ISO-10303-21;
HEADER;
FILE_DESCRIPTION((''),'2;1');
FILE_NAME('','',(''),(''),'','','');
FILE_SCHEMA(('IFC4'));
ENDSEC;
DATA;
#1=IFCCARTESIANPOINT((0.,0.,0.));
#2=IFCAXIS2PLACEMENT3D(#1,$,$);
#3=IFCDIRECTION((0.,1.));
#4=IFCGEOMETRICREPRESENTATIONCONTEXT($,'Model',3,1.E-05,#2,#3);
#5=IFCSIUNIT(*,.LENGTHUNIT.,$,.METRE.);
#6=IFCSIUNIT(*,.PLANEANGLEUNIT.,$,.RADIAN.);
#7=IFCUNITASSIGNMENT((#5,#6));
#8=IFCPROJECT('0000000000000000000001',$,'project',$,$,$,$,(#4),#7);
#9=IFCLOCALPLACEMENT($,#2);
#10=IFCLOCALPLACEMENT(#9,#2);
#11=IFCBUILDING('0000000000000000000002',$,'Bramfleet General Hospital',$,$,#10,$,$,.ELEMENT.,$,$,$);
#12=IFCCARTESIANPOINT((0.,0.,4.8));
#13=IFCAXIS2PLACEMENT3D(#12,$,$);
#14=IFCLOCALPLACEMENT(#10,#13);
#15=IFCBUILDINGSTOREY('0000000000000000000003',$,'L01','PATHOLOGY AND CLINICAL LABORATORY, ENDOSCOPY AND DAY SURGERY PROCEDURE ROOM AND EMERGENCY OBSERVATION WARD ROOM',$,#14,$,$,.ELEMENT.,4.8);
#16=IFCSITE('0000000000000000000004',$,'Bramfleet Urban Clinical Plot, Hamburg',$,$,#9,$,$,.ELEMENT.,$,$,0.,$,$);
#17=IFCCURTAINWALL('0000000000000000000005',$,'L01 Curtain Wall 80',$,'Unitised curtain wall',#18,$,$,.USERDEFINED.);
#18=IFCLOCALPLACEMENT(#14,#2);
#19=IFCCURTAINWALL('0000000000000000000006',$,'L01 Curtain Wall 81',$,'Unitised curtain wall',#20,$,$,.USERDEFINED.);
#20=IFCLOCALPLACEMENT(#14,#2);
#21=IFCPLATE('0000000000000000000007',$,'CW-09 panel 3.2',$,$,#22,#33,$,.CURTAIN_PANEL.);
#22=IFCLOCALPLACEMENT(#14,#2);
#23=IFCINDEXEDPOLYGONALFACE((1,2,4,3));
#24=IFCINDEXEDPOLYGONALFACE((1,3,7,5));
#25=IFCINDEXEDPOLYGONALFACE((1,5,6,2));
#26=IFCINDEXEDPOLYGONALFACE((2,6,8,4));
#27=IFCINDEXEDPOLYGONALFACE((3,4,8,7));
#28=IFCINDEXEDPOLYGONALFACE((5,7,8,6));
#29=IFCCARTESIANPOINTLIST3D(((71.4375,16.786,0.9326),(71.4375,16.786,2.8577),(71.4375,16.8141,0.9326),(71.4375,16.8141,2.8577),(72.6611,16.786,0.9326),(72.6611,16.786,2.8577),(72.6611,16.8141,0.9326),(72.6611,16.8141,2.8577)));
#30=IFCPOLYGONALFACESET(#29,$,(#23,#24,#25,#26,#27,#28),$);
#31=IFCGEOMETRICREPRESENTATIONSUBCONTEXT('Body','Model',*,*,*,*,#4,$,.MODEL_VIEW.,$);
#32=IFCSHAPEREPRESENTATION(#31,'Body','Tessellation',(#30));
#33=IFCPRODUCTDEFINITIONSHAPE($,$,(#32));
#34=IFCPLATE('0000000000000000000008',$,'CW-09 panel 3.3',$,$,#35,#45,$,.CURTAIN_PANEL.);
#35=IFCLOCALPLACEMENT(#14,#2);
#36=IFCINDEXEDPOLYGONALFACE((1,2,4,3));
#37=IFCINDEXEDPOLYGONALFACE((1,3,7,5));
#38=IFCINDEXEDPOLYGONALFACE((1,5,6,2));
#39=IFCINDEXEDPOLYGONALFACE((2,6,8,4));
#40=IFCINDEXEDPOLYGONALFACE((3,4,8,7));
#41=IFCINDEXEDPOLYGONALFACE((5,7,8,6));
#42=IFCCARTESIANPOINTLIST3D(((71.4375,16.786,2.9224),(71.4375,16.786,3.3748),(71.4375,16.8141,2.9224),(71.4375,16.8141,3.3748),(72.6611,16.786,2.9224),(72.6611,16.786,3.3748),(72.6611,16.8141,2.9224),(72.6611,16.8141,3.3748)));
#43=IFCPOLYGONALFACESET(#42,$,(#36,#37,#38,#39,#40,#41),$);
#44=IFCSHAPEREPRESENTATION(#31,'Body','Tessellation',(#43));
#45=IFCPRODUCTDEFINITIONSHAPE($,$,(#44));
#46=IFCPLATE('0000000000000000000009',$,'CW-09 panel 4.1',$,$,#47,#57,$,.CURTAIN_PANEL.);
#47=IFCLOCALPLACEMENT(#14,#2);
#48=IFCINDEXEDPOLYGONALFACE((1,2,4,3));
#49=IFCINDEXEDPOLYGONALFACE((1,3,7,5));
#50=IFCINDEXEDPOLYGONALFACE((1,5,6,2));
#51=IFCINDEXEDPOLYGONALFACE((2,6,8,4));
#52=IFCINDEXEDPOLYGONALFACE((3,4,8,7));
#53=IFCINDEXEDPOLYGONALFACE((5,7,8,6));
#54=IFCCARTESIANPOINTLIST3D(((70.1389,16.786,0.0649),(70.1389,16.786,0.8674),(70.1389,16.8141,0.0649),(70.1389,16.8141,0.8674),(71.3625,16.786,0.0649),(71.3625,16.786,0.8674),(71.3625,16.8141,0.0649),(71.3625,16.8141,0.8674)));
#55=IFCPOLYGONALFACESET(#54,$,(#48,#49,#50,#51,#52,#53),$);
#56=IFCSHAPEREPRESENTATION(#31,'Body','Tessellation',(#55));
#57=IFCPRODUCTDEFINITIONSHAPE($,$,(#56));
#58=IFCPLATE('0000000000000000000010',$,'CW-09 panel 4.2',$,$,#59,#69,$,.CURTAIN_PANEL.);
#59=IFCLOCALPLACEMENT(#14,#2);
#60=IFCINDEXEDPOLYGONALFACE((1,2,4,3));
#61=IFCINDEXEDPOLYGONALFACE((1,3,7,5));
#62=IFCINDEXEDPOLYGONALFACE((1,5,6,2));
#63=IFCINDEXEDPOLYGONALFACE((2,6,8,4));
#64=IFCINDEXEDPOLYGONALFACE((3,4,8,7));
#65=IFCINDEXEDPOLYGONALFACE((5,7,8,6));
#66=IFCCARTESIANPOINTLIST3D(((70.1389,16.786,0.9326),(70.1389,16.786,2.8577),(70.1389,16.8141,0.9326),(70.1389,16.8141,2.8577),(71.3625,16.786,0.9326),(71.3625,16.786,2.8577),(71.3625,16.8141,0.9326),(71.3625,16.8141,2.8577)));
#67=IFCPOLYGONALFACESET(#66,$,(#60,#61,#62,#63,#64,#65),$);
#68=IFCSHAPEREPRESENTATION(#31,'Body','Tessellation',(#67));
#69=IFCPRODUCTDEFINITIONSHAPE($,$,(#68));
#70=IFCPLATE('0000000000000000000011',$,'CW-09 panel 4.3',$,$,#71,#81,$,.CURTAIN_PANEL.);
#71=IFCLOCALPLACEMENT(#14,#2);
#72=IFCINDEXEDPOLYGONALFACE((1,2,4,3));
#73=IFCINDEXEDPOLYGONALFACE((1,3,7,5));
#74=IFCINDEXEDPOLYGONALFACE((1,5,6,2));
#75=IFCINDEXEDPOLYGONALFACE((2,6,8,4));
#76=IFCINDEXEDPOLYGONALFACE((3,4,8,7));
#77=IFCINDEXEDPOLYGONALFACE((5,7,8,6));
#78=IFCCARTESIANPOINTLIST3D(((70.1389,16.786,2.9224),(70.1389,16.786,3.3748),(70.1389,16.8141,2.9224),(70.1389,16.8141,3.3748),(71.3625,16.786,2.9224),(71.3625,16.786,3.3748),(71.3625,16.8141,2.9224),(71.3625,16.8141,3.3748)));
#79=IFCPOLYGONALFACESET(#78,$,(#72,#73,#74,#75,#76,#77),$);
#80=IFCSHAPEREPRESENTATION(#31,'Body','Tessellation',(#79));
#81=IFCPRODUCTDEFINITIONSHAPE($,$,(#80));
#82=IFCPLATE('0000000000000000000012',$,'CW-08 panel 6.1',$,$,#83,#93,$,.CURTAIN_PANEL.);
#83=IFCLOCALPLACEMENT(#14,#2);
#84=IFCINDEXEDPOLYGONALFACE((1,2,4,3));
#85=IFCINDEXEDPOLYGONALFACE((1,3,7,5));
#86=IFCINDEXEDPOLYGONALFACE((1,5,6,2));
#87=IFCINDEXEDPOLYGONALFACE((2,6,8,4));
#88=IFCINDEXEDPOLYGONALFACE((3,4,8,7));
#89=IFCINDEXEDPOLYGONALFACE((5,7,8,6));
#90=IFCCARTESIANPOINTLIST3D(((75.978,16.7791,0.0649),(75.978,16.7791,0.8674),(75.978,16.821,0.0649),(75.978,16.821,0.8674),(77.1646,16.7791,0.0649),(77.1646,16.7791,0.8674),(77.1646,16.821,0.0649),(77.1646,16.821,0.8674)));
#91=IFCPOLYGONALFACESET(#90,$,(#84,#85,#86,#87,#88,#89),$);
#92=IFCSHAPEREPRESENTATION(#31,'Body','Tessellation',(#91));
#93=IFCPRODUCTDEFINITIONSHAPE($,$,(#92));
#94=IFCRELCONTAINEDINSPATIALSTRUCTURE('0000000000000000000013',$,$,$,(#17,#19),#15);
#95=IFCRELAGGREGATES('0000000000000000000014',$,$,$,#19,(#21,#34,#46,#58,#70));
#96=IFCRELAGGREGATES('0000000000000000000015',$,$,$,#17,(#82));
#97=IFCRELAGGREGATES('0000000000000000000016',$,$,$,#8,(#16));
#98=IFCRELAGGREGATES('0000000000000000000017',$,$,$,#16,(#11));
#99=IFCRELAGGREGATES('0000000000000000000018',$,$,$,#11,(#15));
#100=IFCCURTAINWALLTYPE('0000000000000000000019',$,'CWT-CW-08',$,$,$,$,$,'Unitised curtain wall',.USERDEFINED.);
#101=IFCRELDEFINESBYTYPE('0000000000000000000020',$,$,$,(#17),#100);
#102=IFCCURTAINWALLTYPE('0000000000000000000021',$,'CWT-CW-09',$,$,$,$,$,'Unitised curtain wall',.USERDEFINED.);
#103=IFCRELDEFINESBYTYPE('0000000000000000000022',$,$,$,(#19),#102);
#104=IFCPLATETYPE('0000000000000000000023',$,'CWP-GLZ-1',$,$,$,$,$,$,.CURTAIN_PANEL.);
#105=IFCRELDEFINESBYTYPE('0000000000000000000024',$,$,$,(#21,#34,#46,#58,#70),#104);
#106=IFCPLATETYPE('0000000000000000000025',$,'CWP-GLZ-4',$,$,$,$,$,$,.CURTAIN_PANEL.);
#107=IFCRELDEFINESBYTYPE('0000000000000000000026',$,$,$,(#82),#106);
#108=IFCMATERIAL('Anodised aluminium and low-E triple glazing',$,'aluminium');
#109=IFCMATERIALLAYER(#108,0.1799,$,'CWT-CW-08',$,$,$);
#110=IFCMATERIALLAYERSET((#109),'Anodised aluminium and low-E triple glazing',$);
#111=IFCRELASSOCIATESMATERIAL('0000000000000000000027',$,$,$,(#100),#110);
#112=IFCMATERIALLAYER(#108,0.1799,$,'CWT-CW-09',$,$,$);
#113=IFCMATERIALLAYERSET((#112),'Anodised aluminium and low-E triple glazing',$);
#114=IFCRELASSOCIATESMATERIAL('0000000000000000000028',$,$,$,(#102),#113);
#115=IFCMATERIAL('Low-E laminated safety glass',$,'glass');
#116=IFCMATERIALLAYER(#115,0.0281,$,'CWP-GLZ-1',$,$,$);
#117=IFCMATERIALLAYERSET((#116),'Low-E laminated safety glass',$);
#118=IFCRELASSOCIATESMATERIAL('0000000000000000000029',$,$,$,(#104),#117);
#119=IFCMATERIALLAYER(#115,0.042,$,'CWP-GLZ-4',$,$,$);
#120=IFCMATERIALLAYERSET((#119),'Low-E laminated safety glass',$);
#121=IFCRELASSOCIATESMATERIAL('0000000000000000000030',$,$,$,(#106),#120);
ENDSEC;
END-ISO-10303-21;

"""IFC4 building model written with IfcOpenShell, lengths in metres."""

from ifc_helpers import new_model, si_unit, direction, frame, origin, origin_2d, place, context, subcontext, project, spatial, rectangle, extrude, material, layer, layer_set, type_object, element, aggregate, save


model = new_model("IFC4")

# Units and contexts
model_context = context("Model", 3, precision=1e-05, world=origin(), true_north=direction((0.0, 1.0)))
body_context = subcontext(model_context, "Body", "Model", "MODEL_VIEW")
ifc_project = project(units=[si_unit("LENGTHUNIT", "METRE"), si_unit("PLANEANGLEUNIT", "RADIAN")], contexts=[model_context])

# Site, building, storey
site_placement = place(None, origin())
site = spatial("IfcSite", under=ifc_project, at=site_placement, Name="Bramfleet Urban Clinical Plot, Hamburg", CompositionType="ELEMENT", RefElevation=0.0)
building_placement = place(site_placement, origin())
building = spatial("IfcBuilding", under=site, at=building_placement, Name="Bramfleet General Hospital", CompositionType="ELEMENT")
storey_placement = place(building_placement, frame((0.0, 0.0, 4.8)))
storey = spatial("IfcBuildingStorey", under=building, at=storey_placement, Name="L01", Description="PATHOLOGY AND CLINICAL LABORATORY, ENDOSCOPY AND DAY SURGERY PROCEDURE ROOM AND EMERGENCY OBSERVATION WARD ROOM", CompositionType="ELEMENT", Elevation=4.8)

# Curtain wall
ifc_material_1 = material(Name="Anodised aluminium and low-E triple glazing", Category="aluminium")
ifc_layer_1 = layer(ifc_material_1, 0.1799, Name="CWT-CW-08")
ifc_layer_set_1 = layer_set([ifc_layer_1], Name="Anodised aluminium and low-E triple glazing")
curtain_wall_type_1 = type_object("IfcCurtainWallType", Name="CWT-CW-08", ElementType="Unitised curtain wall", PredefinedType="USERDEFINED", material=ifc_layer_set_1)
curtain_wall_1_placement = place(storey_placement, origin())
curtain_wall_1 = element("IfcCurtainWall", 1, at=curtain_wall_1_placement, inside=storey, type_object=curtain_wall_type_1, Name="L01 Curtain Wall 80", ObjectType="Unitised curtain wall", PredefinedType="USERDEFINED")

# Curtain wall, plates
ifc_layer_2 = layer(ifc_material_1, 0.1799, Name="CWT-CW-09")
ifc_layer_set_2 = layer_set([ifc_layer_2], Name="Anodised aluminium and low-E triple glazing")
curtain_wall_type_2 = type_object("IfcCurtainWallType", Name="CWT-CW-09", ElementType="Unitised curtain wall", PredefinedType="USERDEFINED", material=ifc_layer_set_2)
curtain_wall_2_placement = place(storey_placement, origin())
curtain_wall_2 = element("IfcCurtainWall", 2, at=curtain_wall_2_placement, inside=storey, type_object=curtain_wall_type_2, Name="L01 Curtain Wall 81", ObjectType="Unitised curtain wall", PredefinedType="USERDEFINED")
ifc_material_2 = material(Name="Low-E laminated safety glass", Category="glass")
ifc_layer_3 = layer(ifc_material_2, 0.0281, Name="CWP-GLZ-1")
ifc_layer_set_3 = layer_set([ifc_layer_3], Name="Low-E laminated safety glass")
plate_type_1 = type_object("IfcPlateType", Name="CWP-GLZ-1", PredefinedType="CURTAIN_PANEL", material=ifc_layer_set_3)
plate_1_placement = place(storey_placement, frame((72.0493, 16.8, 0.9326), z_axis=(0.0, 0.0, 1.0), x_axis=(-1.0, 0.0, 0.0)))
plate_1 = element("IfcPlate", 3, at=plate_1_placement, type_object=plate_type_1, Name="CW-09 panel 3.2", PredefinedType="CURTAIN_PANEL", context=body_context, shape_type="SweptSolid", body=[
    extrude(rectangle(XDim=1.2236, YDim=0.0281, at=origin_2d()), origin(), (0.0, 0.0, 1.0), 1.925),
])
plate_2_placement = place(storey_placement, frame((72.0493, 16.8, 2.9224), z_axis=(0.0, 0.0, 1.0), x_axis=(-1.0, 0.0, 0.0)))
plate_2 = element("IfcPlate", 4, at=plate_2_placement, type_object=plate_type_1, Name="CW-09 panel 3.3", PredefinedType="CURTAIN_PANEL", context=body_context, shape_type="SweptSolid", body=[
    extrude(rectangle(XDim=1.2236, YDim=0.0281, at=origin_2d()), origin(), (0.0, 0.0, 1.0), 0.4524),
])
plate_3_placement = place(storey_placement, frame((70.7507, 16.8, 0.0649), z_axis=(0.0, 0.0, 1.0), x_axis=(-1.0, 0.0, 0.0)))
plate_3 = element("IfcPlate", 5, at=plate_3_placement, type_object=plate_type_1, Name="CW-09 panel 4.1", PredefinedType="CURTAIN_PANEL", context=body_context, shape_type="SweptSolid", body=[
    extrude(rectangle(XDim=1.2236, YDim=0.0281, at=origin_2d()), origin(), (0.0, 0.0, 1.0), 0.8025),
])
plate_4_placement = place(storey_placement, frame((70.7507, 16.8, 0.9326), z_axis=(0.0, 0.0, 1.0), x_axis=(-1.0, 0.0, 0.0)))
plate_4 = element("IfcPlate", 6, at=plate_4_placement, type_object=plate_type_1, Name="CW-09 panel 4.2", PredefinedType="CURTAIN_PANEL", context=body_context, shape_type="SweptSolid", body=[
    extrude(rectangle(XDim=1.2236, YDim=0.0281, at=origin_2d()), origin(), (0.0, 0.0, 1.0), 1.925),
])
plate_5_placement = place(storey_placement, frame((70.7507, 16.8, 2.9224), z_axis=(0.0, 0.0, 1.0), x_axis=(-1.0, 0.0, 0.0)))
plate_5 = element("IfcPlate", 7, at=plate_5_placement, type_object=plate_type_1, Name="CW-09 panel 4.3", PredefinedType="CURTAIN_PANEL", context=body_context, shape_type="SweptSolid", body=[
    extrude(rectangle(XDim=1.2236, YDim=0.0281, at=origin_2d()), origin(), (0.0, 0.0, 1.0), 0.4524),
])
aggregate(curtain_wall_2, [plate_1, plate_2, plate_3, plate_4, plate_5])

# Plate
ifc_layer_4 = layer(ifc_material_2, 0.042, Name="CWP-GLZ-4")
ifc_layer_set_4 = layer_set([ifc_layer_4], Name="Low-E laminated safety glass")
plate_type_2 = type_object("IfcPlateType", Name="CWP-GLZ-4", PredefinedType="CURTAIN_PANEL", material=ifc_layer_set_4)
plate_6_placement = place(storey_placement, frame((76.5713, 16.8, 0.0649), z_axis=(0.0, 0.0, 1.0), x_axis=(-1.0, 0.0, 0.0)))
plate_6 = element("IfcPlate", 8, at=plate_6_placement, type_object=plate_type_2, Name="CW-08 panel 6.1", PredefinedType="CURTAIN_PANEL", context=body_context, shape_type="SweptSolid", body=[
    extrude(rectangle(XDim=1.1865, YDim=0.042, at=origin_2d()), origin(), (0.0, 0.0, 1.0), 0.8025),
])
aggregate(curtain_wall_1, [plate_6])

save(model, "model.ifc")
